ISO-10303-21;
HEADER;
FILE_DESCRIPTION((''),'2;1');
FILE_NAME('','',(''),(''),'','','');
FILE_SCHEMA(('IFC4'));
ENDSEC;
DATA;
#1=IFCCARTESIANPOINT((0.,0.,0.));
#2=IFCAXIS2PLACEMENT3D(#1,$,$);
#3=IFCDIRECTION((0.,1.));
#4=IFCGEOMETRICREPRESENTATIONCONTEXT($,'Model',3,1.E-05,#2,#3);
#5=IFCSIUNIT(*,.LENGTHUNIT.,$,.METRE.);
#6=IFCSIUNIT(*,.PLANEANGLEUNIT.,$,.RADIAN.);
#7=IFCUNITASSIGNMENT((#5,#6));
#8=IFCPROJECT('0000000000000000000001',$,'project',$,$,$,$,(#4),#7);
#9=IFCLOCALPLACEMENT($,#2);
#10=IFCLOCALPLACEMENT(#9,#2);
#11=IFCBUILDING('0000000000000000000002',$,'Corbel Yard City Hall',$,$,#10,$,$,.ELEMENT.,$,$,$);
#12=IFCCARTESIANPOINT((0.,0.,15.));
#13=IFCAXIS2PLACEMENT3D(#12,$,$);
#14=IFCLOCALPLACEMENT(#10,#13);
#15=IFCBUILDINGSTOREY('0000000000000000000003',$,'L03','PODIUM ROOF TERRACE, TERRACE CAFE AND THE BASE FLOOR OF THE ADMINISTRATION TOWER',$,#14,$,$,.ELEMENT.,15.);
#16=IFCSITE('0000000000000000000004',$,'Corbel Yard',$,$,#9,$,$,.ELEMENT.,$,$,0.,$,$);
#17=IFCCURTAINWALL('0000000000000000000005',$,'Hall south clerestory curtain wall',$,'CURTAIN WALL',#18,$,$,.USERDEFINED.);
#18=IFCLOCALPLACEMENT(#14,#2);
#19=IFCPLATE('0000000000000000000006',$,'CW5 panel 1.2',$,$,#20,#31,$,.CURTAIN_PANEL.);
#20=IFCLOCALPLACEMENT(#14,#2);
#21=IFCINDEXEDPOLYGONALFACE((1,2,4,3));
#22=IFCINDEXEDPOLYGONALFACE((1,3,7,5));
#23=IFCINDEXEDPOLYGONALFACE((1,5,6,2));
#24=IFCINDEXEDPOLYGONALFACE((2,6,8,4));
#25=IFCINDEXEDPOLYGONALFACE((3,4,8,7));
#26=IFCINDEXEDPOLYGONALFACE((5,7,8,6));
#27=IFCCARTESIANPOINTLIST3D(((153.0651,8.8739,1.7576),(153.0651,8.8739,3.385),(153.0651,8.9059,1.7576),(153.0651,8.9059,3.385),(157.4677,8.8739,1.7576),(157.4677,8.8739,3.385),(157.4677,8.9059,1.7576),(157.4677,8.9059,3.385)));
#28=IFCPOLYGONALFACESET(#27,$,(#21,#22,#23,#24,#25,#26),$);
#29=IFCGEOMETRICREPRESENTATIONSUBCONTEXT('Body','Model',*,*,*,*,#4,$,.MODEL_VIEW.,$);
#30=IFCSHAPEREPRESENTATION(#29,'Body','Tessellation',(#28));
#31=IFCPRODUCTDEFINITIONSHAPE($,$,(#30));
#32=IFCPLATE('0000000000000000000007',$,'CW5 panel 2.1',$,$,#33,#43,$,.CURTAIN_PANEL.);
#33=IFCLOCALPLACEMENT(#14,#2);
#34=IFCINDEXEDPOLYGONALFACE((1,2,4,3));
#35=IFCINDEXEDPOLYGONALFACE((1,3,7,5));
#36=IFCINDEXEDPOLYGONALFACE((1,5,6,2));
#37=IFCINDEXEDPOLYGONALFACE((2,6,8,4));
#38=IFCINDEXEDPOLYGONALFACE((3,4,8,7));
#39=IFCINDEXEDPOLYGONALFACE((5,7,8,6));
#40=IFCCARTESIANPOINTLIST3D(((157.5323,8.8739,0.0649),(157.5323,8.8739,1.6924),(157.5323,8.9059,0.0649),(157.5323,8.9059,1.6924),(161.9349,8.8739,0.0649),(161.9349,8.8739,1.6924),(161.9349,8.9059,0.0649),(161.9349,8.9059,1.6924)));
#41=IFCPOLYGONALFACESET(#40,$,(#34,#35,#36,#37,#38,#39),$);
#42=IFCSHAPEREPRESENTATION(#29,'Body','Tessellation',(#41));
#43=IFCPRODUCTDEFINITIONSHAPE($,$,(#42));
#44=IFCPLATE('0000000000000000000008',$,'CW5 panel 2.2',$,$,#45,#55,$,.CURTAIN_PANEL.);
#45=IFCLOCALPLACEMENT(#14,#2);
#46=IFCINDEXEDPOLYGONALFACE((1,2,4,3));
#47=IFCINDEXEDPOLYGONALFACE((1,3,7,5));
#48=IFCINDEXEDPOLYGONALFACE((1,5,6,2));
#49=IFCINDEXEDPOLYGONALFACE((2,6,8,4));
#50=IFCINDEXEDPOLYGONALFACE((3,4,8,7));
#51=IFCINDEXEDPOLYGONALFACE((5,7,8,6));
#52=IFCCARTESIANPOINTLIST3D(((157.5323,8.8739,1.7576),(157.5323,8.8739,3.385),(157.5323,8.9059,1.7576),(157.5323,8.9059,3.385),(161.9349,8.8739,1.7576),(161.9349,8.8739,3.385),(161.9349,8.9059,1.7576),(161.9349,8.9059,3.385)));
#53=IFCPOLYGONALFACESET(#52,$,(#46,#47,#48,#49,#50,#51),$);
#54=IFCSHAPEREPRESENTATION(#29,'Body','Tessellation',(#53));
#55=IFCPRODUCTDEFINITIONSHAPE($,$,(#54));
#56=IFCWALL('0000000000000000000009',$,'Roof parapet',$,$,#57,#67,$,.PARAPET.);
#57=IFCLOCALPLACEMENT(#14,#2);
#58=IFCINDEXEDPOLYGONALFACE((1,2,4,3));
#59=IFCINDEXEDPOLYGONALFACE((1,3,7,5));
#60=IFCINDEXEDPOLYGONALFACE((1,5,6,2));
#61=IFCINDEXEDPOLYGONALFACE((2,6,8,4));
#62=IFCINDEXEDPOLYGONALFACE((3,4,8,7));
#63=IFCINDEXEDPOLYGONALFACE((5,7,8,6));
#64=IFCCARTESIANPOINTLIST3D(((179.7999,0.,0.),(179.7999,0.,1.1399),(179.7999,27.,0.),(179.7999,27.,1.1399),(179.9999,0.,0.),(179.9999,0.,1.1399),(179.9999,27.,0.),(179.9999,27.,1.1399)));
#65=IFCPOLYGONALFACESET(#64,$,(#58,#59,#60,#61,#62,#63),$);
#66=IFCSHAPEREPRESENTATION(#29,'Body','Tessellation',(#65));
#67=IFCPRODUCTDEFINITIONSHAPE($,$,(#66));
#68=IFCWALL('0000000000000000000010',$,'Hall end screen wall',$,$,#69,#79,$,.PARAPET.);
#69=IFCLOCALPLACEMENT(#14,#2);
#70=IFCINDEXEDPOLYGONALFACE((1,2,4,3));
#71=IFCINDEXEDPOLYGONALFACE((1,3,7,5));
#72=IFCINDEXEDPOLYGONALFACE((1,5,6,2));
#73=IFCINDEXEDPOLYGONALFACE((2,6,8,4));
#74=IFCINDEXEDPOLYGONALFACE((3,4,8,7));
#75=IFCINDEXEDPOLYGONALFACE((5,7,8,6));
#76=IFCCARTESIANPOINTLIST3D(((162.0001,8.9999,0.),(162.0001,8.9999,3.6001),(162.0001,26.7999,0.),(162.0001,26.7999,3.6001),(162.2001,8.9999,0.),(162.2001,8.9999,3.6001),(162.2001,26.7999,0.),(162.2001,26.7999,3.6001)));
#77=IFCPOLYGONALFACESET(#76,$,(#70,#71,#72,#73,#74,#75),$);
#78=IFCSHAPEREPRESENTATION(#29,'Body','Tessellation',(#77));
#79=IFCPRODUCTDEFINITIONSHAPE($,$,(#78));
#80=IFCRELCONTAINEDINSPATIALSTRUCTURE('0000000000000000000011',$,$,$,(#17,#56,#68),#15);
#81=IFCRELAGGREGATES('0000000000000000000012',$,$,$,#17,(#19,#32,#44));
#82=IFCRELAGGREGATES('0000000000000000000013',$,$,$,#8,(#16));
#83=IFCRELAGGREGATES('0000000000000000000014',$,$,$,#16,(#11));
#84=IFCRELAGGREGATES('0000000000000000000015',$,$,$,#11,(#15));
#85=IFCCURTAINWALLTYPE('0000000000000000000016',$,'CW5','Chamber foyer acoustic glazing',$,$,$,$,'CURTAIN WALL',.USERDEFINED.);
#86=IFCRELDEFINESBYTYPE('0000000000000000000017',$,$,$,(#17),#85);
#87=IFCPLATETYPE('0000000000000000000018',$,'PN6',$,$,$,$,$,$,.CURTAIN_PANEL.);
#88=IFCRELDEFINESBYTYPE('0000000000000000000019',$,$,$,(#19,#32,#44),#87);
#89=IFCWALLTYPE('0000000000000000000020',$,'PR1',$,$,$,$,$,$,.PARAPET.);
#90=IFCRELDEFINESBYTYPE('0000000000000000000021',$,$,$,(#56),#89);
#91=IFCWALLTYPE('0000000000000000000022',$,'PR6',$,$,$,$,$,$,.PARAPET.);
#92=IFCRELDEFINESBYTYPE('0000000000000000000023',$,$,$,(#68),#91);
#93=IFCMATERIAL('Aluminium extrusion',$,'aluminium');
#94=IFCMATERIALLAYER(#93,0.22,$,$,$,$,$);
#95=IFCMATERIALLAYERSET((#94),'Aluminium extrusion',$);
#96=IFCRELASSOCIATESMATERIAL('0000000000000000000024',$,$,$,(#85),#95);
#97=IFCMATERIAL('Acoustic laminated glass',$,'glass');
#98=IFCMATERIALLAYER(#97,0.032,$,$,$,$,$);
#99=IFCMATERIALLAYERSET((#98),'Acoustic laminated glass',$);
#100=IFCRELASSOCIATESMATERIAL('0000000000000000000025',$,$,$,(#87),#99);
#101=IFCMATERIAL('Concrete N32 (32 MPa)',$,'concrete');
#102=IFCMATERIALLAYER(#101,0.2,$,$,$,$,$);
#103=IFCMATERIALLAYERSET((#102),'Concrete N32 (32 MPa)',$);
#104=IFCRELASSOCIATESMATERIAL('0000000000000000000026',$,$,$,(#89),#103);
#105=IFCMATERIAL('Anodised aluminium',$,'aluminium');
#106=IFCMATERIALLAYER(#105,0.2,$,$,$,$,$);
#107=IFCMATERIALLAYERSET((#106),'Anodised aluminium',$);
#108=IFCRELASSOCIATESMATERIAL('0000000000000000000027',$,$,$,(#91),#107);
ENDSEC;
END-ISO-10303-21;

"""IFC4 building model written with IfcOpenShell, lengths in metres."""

from ifc_helpers import new_model, si_unit, direction, frame, frame_2d, origin, origin_2d, place, context, subcontext, project, spatial, rectangle, extrude, material, layer, layer_set, type_object, element, aggregate, save


model = new_model("IFC4")

# Units and contexts
model_context = context("Model", 3, precision=1e-05, world=origin(), true_north=direction((0.0, 1.0)))
body_context = subcontext(model_context, "Body", "Model", "MODEL_VIEW")
ifc_project = project(units=[si_unit("LENGTHUNIT", "METRE"), si_unit("PLANEANGLEUNIT", "RADIAN")], contexts=[model_context])

# Site, building, storey
site_placement = place(None, origin())
site = spatial("IfcSite", under=ifc_project, at=site_placement, Name="Corbel Yard", CompositionType="ELEMENT", RefElevation=0.0)
building_placement = place(site_placement, origin())
building = spatial("IfcBuilding", under=site, at=building_placement, Name="Corbel Yard City Hall", CompositionType="ELEMENT")
storey_placement = place(building_placement, frame((0.0, 0.0, 15.0)))
storey = spatial("IfcBuildingStorey", under=building, at=storey_placement, Name="L03", Description="PODIUM ROOF TERRACE, TERRACE CAFE AND THE BASE FLOOR OF THE ADMINISTRATION TOWER", CompositionType="ELEMENT", Elevation=15.0)

# Shared definitions
ifc_material_1 = material(Name="Aluminium extrusion", Category="aluminium")
ifc_layer_1 = layer(ifc_material_1, 0.22)
ifc_layer_set_1 = layer_set([ifc_layer_1], Name="Aluminium extrusion")
curtain_wall_type = type_object("IfcCurtainWallType", Name="CW5", Description="Chamber foyer acoustic glazing", ElementType="CURTAIN WALL", PredefinedType="USERDEFINED", material=ifc_layer_set_1)

# Curtain wall
curtain_wall_1_placement = place(storey_placement, origin())
curtain_wall_1 = element("IfcCurtainWall", 1, at=curtain_wall_1_placement, inside=storey, type_object=curtain_wall_type, Name="Hall south clerestory curtain wall", ObjectType="CURTAIN WALL", PredefinedType="USERDEFINED")

# Plates
ifc_material_2 = material(Name="Acoustic laminated glass", Category="glass")
ifc_layer_2 = layer(ifc_material_2, 0.032)
ifc_layer_set_2 = layer_set([ifc_layer_2], Name="Acoustic laminated glass")
plate_type = type_object("IfcPlateType", Name="PN6", PredefinedType="CURTAIN_PANEL", material=ifc_layer_set_2)
plate_1_placement = place(storey_placement, frame((155.2664, 8.8899, 1.7576), z_axis=(0.0, 0.0, 1.0), x_axis=(1.0, 0.0, 0.0)))
plate_1 = element("IfcPlate", 2, at=plate_1_placement, type_object=plate_type, Name="CW5 panel 1.2", PredefinedType="CURTAIN_PANEL", context=body_context, shape_type="SweptSolid", body=[
    extrude(rectangle(XDim=4.4026, YDim=0.032, at=origin_2d()), origin(), (0.0, 0.0, 1.0), 1.6274),
])
plate_2_placement = place(storey_placement, frame((159.7336, 8.8899, 0.0649), z_axis=(0.0, 0.0, 1.0), x_axis=(1.0, 0.0, 0.0)))
plate_2 = element("IfcPlate", 3, at=plate_2_placement, type_object=plate_type, Name="CW5 panel 2.1", PredefinedType="CURTAIN_PANEL", context=body_context, shape_type="SweptSolid", body=[
    extrude(rectangle(XDim=4.4026, YDim=0.032, at=origin_2d()), origin(), (0.0, 0.0, 1.0), 1.6274),
])
plate_3_placement = place(storey_placement, frame((159.7336, 8.8899, 1.7576), z_axis=(0.0, 0.0, 1.0), x_axis=(1.0, 0.0, 0.0)))
plate_3 = element("IfcPlate", 4, at=plate_3_placement, type_object=plate_type, Name="CW5 panel 2.2", PredefinedType="CURTAIN_PANEL", context=body_context, shape_type="SweptSolid", body=[
    extrude(rectangle(XDim=4.4026, YDim=0.032, at=origin_2d()), origin(), (0.0, 0.0, 1.0), 1.6274),
])
aggregate(curtain_wall_1, [plate_1, plate_2, plate_3])

# Walls
ifc_material_3 = material(Name="Concrete N32 (32 MPa)", Category="concrete")
ifc_layer_3 = layer(ifc_material_3, 0.2)
ifc_layer_set_3 = layer_set([ifc_layer_3], Name="Concrete N32 (32 MPa)")
wall_type_1 = type_object("IfcWallType", Name="PR1", PredefinedType="PARAPET", material=ifc_layer_set_3)
wall_1_placement = place(storey_placement, frame((179.8999, 0.0, 0.0), z_axis=(0.0, 0.0, 1.0), x_axis=(0.0, 1.0, 0.0)))
element("IfcWall", 5, at=wall_1_placement, inside=storey, type_object=wall_type_1, Name="Roof parapet", PredefinedType="PARAPET", context=body_context, shape_type="SweptSolid", body=[
    extrude(rectangle(XDim=27.0, YDim=0.2, at=frame_2d((13.5, 0.0))), origin(), (0.0, 0.0, 1.0), 1.1399),
])
ifc_material_4 = material(Name="Anodised aluminium", Category="aluminium")
ifc_layer_4 = layer(ifc_material_4, 0.2)
ifc_layer_set_4 = layer_set([ifc_layer_4], Name="Anodised aluminium")
wall_type_2 = type_object("IfcWallType", Name="PR6", PredefinedType="PARAPET", material=ifc_layer_set_4)
wall_2_placement = place(storey_placement, frame((162.1001, 9.0, 0.0), z_axis=(0.0, 0.0, 1.0), x_axis=(0.0, 1.0, 0.0)))
element("IfcWall", 6, at=wall_2_placement, inside=storey, type_object=wall_type_2, Name="Hall end screen wall", PredefinedType="PARAPET", context=body_context, shape_type="SweptSolid", body=[
    extrude(rectangle(XDim=17.8, YDim=0.2, at=frame_2d((8.8999, 0.0))), origin(), (0.0, 0.0, 1.0), 3.6001),
])

save(model, "model.ifc")
